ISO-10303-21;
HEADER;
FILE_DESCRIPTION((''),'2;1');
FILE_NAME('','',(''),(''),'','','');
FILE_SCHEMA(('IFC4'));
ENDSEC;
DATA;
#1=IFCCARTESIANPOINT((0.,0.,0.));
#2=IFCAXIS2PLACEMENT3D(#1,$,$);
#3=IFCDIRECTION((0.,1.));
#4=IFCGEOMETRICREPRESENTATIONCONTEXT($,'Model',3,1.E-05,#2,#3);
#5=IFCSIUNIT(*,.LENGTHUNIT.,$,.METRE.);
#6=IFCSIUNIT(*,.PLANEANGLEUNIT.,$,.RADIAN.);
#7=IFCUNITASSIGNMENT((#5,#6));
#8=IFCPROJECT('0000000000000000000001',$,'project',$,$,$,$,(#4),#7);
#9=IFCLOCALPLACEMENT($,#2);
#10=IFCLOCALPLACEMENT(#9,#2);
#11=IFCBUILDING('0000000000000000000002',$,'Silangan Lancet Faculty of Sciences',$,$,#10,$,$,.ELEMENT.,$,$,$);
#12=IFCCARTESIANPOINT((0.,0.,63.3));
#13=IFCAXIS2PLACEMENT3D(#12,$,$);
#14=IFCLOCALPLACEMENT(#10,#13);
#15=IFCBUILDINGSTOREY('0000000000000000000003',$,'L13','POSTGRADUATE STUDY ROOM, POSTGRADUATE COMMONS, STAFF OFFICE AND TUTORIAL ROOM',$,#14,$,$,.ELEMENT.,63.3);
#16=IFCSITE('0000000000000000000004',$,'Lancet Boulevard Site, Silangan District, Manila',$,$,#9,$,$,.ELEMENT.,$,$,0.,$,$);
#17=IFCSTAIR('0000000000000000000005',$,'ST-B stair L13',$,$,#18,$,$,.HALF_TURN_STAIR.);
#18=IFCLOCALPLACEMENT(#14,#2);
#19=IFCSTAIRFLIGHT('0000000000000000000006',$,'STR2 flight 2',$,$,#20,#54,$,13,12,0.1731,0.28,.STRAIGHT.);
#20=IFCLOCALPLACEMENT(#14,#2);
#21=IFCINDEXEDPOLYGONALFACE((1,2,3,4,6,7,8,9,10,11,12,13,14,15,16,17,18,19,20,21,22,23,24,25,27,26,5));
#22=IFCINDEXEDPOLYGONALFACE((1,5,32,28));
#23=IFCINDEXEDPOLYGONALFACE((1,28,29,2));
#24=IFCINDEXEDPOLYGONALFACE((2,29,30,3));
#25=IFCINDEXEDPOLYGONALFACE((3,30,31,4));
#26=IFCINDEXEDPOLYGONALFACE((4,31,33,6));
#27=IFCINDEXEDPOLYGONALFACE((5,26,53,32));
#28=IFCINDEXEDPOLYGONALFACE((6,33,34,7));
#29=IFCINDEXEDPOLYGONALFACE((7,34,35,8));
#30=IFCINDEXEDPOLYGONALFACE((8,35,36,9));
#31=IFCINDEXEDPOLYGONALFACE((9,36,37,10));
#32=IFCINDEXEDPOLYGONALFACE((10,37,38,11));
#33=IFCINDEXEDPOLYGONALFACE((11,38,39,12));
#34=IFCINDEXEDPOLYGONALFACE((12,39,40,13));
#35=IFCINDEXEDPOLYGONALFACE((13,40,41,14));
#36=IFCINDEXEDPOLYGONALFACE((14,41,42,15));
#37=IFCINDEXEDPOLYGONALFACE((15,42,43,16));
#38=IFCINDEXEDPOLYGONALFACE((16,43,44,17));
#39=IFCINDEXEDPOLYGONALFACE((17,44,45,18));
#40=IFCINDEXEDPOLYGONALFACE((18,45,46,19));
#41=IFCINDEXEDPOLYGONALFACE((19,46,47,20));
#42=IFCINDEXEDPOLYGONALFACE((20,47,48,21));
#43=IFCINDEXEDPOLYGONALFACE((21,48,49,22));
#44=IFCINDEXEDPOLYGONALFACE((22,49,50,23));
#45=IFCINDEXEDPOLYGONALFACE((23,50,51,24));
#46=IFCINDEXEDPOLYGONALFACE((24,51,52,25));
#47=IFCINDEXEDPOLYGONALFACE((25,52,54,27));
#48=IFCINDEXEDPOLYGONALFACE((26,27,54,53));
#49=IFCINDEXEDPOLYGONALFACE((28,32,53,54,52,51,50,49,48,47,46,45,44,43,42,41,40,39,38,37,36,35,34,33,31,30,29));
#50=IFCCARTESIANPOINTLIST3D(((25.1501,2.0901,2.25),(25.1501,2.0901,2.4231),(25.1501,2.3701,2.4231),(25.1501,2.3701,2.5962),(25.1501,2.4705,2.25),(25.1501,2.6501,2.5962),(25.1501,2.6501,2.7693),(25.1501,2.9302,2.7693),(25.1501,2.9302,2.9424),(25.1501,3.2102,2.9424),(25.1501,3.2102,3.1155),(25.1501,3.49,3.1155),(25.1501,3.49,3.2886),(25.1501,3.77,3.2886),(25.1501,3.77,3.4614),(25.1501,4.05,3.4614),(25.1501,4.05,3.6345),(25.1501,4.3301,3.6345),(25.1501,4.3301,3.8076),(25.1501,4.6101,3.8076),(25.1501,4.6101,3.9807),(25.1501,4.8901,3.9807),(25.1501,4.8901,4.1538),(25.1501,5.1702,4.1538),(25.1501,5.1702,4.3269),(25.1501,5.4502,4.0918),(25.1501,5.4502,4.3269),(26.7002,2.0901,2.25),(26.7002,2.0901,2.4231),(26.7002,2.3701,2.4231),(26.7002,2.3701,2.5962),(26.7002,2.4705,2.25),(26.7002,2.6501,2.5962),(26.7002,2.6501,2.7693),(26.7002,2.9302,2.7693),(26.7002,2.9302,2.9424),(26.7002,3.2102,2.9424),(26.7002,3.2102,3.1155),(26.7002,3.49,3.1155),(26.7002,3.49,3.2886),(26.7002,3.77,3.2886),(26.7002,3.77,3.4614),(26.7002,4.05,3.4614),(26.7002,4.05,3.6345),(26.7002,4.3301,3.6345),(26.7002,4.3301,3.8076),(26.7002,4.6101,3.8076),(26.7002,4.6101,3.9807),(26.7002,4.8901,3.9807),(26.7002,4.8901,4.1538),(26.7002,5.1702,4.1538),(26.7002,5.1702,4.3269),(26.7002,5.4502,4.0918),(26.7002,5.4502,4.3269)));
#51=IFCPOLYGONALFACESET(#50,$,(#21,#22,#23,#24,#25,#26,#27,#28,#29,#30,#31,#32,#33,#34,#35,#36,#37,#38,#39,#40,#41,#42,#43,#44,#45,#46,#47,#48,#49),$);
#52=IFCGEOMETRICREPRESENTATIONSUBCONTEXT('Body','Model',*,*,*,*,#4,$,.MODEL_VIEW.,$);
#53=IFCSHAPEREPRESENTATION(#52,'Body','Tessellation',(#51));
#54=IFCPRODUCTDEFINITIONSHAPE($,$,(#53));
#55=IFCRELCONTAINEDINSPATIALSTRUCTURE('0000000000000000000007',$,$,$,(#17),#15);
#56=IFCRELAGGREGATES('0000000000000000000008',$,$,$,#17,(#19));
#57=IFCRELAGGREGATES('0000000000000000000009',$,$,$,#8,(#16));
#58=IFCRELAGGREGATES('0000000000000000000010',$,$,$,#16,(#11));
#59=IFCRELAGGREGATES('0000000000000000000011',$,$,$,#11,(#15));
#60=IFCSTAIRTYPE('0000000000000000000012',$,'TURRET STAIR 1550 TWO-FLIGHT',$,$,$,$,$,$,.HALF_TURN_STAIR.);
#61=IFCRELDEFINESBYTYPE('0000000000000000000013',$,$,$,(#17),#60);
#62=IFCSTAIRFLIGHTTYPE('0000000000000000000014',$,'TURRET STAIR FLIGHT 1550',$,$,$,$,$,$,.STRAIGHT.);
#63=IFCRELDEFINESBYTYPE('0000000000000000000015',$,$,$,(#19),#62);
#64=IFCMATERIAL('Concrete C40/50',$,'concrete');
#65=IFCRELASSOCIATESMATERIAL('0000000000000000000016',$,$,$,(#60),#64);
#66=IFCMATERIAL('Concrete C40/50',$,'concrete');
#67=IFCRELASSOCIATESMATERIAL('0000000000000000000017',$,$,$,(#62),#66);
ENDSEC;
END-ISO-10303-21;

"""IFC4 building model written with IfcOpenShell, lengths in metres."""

from ifc_helpers import new_model, si_unit, direction, frame, origin, place, context, subcontext, project, spatial, polyline, outline, extrude, material, type_object, element, aggregate, save


model = new_model("IFC4")

# Units and contexts
model_context = context("Model", 3, precision=1e-05, world=origin(), true_north=direction((0.0, 1.0)))
body_context = subcontext(model_context, "Body", "Model", "MODEL_VIEW")
ifc_project = project(units=[si_unit("LENGTHUNIT", "METRE"), si_unit("PLANEANGLEUNIT", "RADIAN")], contexts=[model_context])

# Site, building, storey
site_placement = place(None, origin())
site = spatial("IfcSite", under=ifc_project, at=site_placement, Name="Lancet Boulevard Site, Silangan District, Manila", CompositionType="ELEMENT", RefElevation=0.0)
building_placement = place(site_placement, origin())
building = spatial("IfcBuilding", under=site, at=building_placement, Name="Silangan Lancet Faculty of Sciences", CompositionType="ELEMENT")
storey_placement = place(building_placement, frame((0.0, 0.0, 63.3)))
storey = spatial("IfcBuildingStorey", under=building, at=storey_placement, Name="L13", Description="POSTGRADUATE STUDY ROOM, POSTGRADUATE COMMONS, STAFF OFFICE AND TUTORIAL ROOM", CompositionType="ELEMENT", Elevation=63.3)

# Stair, stair flight
ifc_material_1 = material(Name="Concrete C40/50", Category="concrete")
stair_type = type_object("IfcStairType", Name="TURRET STAIR 1550 TWO-FLIGHT", PredefinedType="HALF_TURN_STAIR", material=ifc_material_1)
stair_placement = place(storey_placement, origin())
stair = element("IfcStair", 1, at=stair_placement, inside=storey, type_object=stair_type, Name="ST-B stair L13", PredefinedType="HALF_TURN_STAIR")
ifc_material_2 = material(Name="Concrete C40/50", Category="concrete")
stair_flight_type = type_object("IfcStairFlightType", Name="TURRET STAIR FLIGHT 1550", PredefinedType="STRAIGHT", material=ifc_material_2)
stair_flight_1_placement = place(storey_placement, frame((25.925, 2.0901, 2.25), z_axis=(0.0, 0.0, 1.0), x_axis=(0.0, 1.0, 0.0)))
stair_flight_1 = element("IfcStairFlight", 2, at=stair_flight_1_placement, type_object=stair_flight_type, Name="STR2 flight 2", NumberOfRisers=13, NumberOfTreads=12, PredefinedType="STRAIGHT", RiserHeight=0.1731, TreadLength=0.28, context=body_context, shape_type="SweptSolid", body=[
    extrude(outline(polyline([(0.0, 0.0), (0.0, 0.1731), (0.28, 0.1731), (0.28, 0.3462), (0.5601, 0.3462), (0.5601, 0.5193), (0.8401, 0.5193), (0.8401, 0.6924), (1.1201, 0.6924), (1.1201, 0.8655), (1.3999, 0.8655), (1.3999, 1.0386), (1.6799, 1.0386), (1.6799, 1.2114), (1.96, 1.2114), (1.96, 1.3845), (2.24, 1.3845), (2.24, 1.5576), (2.52, 1.5576), (2.52, 1.7307), (2.8, 1.7307), (2.8, 1.9038), (3.0801, 1.9038), (3.0801, 2.0769), (3.3601, 2.0769), (3.3601, 2.25), (3.3601, 1.8418), (0.3804, 0.0), (0.0, 0.0)])), frame((0.0, 0.7749, 0.0), z_axis=(0.0, -1.0, 0.0), x_axis=(1.0, 0.0, 0.0)), (0.0, 0.0, 1.0), 1.55),
])
aggregate(stair, [stair_flight_1])

save(model, "model.ifc")
